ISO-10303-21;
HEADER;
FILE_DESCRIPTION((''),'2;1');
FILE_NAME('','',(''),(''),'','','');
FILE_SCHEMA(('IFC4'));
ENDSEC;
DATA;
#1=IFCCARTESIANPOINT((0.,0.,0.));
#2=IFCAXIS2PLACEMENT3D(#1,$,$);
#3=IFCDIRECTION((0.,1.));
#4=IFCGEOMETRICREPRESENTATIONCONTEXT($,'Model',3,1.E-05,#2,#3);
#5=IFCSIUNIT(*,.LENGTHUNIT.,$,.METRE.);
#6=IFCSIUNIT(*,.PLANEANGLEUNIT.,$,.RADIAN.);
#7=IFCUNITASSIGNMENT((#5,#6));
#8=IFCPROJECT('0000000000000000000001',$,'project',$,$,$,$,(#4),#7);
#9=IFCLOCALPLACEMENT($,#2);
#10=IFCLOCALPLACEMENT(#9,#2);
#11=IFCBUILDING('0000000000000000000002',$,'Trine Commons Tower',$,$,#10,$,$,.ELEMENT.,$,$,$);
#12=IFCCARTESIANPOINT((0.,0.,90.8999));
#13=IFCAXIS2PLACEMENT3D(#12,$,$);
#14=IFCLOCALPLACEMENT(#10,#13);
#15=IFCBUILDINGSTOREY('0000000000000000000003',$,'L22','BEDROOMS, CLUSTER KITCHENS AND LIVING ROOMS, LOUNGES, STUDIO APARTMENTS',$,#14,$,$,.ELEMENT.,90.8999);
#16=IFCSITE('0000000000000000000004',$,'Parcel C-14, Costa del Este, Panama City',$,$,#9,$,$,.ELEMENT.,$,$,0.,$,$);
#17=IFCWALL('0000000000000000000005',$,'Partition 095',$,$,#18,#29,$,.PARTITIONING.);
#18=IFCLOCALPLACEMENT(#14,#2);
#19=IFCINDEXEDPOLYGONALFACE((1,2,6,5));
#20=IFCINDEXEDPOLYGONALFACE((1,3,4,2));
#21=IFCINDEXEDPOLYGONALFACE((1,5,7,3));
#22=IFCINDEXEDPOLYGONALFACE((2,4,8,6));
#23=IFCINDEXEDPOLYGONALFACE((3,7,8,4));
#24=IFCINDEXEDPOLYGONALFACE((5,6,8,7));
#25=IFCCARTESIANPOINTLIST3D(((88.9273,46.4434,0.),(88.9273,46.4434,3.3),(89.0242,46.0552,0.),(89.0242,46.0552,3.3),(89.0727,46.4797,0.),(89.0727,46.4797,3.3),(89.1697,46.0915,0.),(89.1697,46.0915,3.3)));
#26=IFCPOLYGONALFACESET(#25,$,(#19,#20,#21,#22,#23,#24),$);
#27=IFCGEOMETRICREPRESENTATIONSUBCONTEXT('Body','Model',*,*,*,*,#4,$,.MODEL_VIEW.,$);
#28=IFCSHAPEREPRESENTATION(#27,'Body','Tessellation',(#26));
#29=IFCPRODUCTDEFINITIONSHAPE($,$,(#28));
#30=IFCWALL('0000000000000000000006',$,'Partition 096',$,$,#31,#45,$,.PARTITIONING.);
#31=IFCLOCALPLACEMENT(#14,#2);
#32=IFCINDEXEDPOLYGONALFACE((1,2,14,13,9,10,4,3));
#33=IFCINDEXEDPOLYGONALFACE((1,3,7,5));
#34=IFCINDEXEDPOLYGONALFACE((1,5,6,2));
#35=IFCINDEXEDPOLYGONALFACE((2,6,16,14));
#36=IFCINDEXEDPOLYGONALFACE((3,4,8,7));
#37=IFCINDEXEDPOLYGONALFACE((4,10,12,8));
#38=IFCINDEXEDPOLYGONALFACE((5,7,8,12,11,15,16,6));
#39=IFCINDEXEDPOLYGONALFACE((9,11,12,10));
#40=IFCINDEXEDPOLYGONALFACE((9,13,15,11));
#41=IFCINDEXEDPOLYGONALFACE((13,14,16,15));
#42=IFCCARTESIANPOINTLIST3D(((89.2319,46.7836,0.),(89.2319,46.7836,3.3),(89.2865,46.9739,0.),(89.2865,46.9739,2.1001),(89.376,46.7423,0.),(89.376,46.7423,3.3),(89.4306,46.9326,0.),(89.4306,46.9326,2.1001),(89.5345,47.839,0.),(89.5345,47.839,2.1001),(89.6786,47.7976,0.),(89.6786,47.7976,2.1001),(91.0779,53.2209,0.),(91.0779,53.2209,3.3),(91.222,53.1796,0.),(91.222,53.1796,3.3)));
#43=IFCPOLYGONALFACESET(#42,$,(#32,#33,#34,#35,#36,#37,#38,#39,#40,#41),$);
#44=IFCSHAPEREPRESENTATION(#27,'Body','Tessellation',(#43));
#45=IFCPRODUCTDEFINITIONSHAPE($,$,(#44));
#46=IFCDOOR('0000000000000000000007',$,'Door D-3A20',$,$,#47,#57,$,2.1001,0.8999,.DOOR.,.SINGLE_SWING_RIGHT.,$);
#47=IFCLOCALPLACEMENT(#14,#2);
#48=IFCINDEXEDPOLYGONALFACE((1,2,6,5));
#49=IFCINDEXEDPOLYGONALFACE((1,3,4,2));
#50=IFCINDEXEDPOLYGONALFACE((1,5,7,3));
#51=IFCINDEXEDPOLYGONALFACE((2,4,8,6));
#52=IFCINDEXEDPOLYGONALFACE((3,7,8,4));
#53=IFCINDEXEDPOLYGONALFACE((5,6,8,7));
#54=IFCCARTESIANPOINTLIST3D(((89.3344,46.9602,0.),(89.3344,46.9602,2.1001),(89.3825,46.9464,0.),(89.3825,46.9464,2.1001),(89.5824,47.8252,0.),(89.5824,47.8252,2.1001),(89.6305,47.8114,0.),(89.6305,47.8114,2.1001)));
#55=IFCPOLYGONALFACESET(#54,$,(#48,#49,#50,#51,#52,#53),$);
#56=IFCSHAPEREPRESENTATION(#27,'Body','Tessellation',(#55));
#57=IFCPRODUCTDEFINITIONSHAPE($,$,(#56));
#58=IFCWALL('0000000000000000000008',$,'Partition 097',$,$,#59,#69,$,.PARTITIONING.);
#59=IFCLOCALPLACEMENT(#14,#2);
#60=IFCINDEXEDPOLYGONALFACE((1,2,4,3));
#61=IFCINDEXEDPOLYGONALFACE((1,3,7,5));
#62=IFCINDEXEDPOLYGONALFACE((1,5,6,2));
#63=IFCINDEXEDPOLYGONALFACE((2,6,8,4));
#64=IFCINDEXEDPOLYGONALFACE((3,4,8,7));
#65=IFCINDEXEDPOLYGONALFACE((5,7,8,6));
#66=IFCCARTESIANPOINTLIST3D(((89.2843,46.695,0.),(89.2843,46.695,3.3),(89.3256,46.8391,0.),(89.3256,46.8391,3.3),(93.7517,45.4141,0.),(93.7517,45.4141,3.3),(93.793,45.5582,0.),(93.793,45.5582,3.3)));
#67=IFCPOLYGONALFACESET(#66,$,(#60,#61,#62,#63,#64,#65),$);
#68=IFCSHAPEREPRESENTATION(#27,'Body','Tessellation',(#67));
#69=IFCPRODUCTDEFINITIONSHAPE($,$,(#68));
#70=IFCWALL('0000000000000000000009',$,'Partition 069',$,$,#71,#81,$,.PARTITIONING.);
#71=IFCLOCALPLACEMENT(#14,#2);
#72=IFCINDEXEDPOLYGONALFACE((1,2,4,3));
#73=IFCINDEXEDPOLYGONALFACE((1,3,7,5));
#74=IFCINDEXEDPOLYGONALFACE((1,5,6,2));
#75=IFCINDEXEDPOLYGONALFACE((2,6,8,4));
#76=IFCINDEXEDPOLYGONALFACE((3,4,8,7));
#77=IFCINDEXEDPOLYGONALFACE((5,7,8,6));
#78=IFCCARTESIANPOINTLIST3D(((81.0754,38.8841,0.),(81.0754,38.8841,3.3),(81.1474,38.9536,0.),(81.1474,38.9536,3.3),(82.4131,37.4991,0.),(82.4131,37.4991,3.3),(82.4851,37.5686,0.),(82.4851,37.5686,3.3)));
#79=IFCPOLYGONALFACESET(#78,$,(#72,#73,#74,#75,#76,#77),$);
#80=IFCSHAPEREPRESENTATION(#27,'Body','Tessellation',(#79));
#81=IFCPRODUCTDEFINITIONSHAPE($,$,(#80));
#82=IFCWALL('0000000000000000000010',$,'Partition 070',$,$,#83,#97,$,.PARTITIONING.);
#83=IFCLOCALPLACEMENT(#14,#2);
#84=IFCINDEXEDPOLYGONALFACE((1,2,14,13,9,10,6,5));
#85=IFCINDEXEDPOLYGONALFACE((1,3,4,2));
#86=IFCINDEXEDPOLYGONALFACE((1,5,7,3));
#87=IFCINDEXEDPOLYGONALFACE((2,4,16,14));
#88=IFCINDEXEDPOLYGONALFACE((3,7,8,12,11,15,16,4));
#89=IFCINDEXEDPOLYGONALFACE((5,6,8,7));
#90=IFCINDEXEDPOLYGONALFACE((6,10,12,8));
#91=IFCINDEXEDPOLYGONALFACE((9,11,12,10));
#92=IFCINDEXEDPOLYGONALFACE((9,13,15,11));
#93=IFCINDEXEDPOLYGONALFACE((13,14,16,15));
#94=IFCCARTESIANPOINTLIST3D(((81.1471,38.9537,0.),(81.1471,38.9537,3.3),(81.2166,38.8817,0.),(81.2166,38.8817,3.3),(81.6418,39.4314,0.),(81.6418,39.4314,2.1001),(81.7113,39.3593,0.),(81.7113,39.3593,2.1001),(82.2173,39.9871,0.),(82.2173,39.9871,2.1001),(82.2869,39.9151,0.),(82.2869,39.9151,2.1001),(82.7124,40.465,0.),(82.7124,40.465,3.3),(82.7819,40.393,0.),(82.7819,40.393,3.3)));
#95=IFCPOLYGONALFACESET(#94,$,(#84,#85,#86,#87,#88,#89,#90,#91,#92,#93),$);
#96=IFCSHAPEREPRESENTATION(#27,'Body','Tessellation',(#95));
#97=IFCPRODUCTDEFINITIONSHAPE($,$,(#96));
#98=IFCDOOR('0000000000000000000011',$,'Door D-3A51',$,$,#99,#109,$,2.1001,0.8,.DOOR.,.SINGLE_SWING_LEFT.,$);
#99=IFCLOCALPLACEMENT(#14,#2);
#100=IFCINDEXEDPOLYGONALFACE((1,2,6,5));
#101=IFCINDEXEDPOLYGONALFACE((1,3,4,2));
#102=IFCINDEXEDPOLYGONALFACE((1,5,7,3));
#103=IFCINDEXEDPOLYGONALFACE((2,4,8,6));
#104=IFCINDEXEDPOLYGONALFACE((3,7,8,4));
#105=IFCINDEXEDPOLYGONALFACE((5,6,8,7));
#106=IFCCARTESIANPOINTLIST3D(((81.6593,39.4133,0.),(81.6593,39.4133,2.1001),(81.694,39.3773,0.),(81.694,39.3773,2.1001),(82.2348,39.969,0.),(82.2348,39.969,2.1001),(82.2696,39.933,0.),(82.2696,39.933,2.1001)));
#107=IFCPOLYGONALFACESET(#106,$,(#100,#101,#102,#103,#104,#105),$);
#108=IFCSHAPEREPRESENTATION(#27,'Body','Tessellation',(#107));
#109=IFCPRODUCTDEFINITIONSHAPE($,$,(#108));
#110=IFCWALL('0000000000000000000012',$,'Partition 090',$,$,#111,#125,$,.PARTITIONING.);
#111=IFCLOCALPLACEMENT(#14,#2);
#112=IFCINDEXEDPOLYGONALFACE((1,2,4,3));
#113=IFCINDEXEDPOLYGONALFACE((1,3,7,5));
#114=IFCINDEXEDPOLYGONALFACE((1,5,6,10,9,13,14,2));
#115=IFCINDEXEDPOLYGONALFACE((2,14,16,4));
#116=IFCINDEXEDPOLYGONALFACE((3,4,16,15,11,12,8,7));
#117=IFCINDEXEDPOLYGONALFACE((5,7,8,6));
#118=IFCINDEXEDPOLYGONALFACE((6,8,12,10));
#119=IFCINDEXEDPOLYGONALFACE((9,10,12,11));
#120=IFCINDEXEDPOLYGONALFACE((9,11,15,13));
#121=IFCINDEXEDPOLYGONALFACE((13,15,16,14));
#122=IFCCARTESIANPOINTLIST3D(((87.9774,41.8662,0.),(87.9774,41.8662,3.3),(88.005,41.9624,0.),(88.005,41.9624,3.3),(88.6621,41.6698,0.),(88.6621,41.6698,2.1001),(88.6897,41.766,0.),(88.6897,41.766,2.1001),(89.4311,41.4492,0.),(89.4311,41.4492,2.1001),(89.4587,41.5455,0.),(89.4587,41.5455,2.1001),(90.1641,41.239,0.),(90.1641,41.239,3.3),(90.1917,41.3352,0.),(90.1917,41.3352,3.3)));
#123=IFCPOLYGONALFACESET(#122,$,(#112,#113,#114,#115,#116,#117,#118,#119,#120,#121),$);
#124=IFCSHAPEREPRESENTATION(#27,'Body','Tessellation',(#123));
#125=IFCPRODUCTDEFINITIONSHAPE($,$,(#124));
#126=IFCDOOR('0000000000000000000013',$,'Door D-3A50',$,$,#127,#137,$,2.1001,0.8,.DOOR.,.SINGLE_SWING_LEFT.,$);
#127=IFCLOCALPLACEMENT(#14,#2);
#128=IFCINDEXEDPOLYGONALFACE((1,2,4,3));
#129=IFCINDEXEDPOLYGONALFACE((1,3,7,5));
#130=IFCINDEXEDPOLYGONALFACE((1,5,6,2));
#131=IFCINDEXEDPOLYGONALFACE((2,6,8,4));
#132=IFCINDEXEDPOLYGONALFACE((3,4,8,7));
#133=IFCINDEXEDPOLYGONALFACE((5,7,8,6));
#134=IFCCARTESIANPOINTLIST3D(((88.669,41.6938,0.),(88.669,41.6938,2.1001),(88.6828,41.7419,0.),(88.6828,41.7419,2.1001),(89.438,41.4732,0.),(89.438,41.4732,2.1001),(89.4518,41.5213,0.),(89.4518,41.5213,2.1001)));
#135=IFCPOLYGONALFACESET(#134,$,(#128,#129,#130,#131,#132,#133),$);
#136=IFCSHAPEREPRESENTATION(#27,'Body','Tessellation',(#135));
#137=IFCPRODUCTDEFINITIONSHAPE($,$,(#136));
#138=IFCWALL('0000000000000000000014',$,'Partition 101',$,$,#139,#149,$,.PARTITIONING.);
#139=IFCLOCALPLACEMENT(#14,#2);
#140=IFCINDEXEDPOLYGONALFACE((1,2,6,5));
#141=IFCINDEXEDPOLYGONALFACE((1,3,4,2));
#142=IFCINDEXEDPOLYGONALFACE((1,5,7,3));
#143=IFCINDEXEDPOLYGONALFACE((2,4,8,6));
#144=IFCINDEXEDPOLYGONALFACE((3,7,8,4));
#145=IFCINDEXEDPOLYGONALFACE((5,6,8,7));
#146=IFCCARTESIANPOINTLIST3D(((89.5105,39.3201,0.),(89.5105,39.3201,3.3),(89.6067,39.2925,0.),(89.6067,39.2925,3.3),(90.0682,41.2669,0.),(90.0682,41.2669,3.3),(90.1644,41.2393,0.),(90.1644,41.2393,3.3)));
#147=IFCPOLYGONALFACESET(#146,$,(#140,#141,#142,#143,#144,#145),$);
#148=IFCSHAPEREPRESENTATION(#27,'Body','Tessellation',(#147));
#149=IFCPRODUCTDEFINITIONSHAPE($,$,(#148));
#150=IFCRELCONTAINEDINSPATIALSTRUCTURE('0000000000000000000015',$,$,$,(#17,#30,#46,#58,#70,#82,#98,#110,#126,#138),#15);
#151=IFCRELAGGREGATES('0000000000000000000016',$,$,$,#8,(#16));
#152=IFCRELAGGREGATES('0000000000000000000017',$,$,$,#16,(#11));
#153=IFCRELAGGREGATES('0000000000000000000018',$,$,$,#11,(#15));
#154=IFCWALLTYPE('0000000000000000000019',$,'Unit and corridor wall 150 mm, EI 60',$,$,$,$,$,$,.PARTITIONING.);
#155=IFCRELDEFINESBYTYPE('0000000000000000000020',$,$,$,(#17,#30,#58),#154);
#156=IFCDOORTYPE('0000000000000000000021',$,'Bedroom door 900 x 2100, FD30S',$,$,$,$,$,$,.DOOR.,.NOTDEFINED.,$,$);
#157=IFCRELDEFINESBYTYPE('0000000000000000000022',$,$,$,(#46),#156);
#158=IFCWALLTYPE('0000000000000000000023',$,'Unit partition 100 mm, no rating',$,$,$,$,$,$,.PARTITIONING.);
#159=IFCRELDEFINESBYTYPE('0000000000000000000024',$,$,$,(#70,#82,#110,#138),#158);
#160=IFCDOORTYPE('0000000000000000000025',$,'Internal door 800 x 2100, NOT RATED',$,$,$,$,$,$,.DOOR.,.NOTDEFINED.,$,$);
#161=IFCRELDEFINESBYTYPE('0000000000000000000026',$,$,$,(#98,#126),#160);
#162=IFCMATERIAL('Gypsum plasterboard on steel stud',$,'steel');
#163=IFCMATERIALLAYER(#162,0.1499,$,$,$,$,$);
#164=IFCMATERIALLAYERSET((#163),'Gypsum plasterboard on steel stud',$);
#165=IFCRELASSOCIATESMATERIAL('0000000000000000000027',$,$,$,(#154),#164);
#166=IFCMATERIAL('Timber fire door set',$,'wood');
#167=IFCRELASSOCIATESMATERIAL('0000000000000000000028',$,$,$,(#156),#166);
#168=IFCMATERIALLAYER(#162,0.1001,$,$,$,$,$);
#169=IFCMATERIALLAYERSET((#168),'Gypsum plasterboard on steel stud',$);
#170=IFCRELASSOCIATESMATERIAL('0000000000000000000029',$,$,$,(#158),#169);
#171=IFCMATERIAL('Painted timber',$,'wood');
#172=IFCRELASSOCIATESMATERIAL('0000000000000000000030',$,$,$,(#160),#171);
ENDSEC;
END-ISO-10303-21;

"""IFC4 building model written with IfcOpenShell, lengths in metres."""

from ifc_helpers import new_model, si_unit, direction, frame, frame_2d, origin, place, context, subcontext, project, spatial, rectangle, extrude, material, layer, layer_set, type_object, element, fill, save


model = new_model("IFC4")

# Units and contexts
model_context = context("Model", 3, precision=1e-05, world=origin(), true_north=direction((0.0, 1.0)))
body_context = subcontext(model_context, "Body", "Model", "MODEL_VIEW")
ifc_project = project(units=[si_unit("LENGTHUNIT", "METRE"), si_unit("PLANEANGLEUNIT", "RADIAN")], contexts=[model_context])

# Site, building, storey
site_placement = place(None, origin())
site = spatial("IfcSite", under=ifc_project, at=site_placement, Name="Parcel C-14, Costa del Este, Panama City", CompositionType="ELEMENT", RefElevation=0.0)
building_placement = place(site_placement, origin())
building = spatial("IfcBuilding", under=site, at=building_placement, Name="Trine Commons Tower", CompositionType="ELEMENT")
storey_placement = place(building_placement, frame((0.0, 0.0, 90.8999)))
storey = spatial("IfcBuildingStorey", under=building, at=storey_placement, Name="L22", Description="BEDROOMS, CLUSTER KITCHENS AND LIVING ROOMS, LOUNGES, STUDIO APARTMENTS", CompositionType="ELEMENT", Elevation=90.8999)

# Shared definitions
ifc_material_1 = material(Name="Gypsum plasterboard on steel stud", Category="steel")
ifc_layer_1 = layer(ifc_material_1, 0.1499)
ifc_layer_set_1 = layer_set([ifc_layer_1], Name="Gypsum plasterboard on steel stud")
wall_type_1 = type_object("IfcWallType", Name="Unit and corridor wall 150 mm, EI 60", PredefinedType="PARTITIONING", material=ifc_layer_set_1)
ifc_material_2 = material(Name="Timber fire door set", Category="wood")

# Shared definitions
ifc_material_3 = material(Name="Painted timber", Category="wood")

# Shared definitions
door_type_1 = type_object("IfcDoorType", Name="Bedroom door 900 x 2100, FD30S", OperationType="NOTDEFINED", PredefinedType="DOOR", material=ifc_material_2)

# Wall
wall_1_placement = place(storey_placement, frame((89.0, 46.4617, 0.0), z_axis=(0.0, 0.0, 1.0), x_axis=(0.242248, -0.970214, 0.0)))
element("IfcWall", 1, at=wall_1_placement, inside=storey, type_object=wall_type_1, Name="Partition 095", PredefinedType="PARTITIONING", context=body_context, shape_type="SweptSolid", body=[
    extrude(rectangle(XDim=0.4001, YDim=0.1499, at=frame_2d((0.2002, 0.0))), origin(), (0.0, 0.0, 1.0), 3.3),
])

# Wall, opening, door
wall_2_placement = place(storey_placement, frame((89.304, 46.7629, 0.0), z_axis=(0.0, 0.0, 1.0), x_axis=(0.27565, 0.961258, 0.0)))
wall_2 = element("IfcWall", 2, at=wall_2_placement, inside=storey, type_object=wall_type_1, Name="Partition 096", PredefinedType="PARTITIONING", context=body_context, shape_type="SweptSolid", body=[
    extrude(rectangle(XDim=6.6968, YDim=0.1499, at=frame_2d((3.3484, 0.0))), origin(), (0.0, 0.0, 1.0), 3.3),
])
opening_1_placement = place(wall_2_placement, frame((0.198, 0.0, 0.0)))
opening_1 = element("IfcOpeningElement", 3, at=opening_1_placement, cuts=wall_2, PredefinedType="OPENING", context=body_context, shape_type="SweptSolid", body=[
    extrude(rectangle(XDim=0.8999, YDim=2.1001, at=frame_2d((0.45, 1.05))), frame((0.0, 0.085, 0.0), z_axis=(0.0, -1.0, 0.0), x_axis=(1.0, 0.0, 0.0)), (0.0, 0.0, 1.0), 0.1699),
])
door_1_placement = place(opening_1_placement, frame((0.8999, 0.0, 0.0), z_axis=(0.0, 0.0, 1.0), x_axis=(-1.0, 0.0, 0.0)))
door_1 = element("IfcDoor", 4, at=door_1_placement, inside=storey, type_object=door_type_1, Name="Door D-3A20", OperationType="SINGLE_SWING_RIGHT", OverallHeight=2.1001, OverallWidth=0.8999, PredefinedType="DOOR", context=body_context, shape_type="SweptSolid", body=[
    extrude(rectangle(XDim=0.8999, YDim=2.1001, at=frame_2d((0.45, 1.05))), frame((0.0, 0.0249, 0.0), z_axis=(0.0, -1.0, 0.0), x_axis=(1.0, 0.0, 0.0)), (0.0, 0.0, 1.0), 0.05),
])
fill(opening_1, door_1)

# Walls
wall_3_placement = place(storey_placement, frame((89.3049, 46.7671, 0.0), z_axis=(0.0, 0.0, 1.0), x_axis=(0.961264, -0.27563, 0.0)))
element("IfcWall", 5, at=wall_3_placement, inside=storey, type_object=wall_type_1, Name="Partition 097", PredefinedType="PARTITIONING", context=body_context, shape_type="SweptSolid", body=[
    extrude(rectangle(XDim=4.6475, YDim=0.1499, at=frame_2d((2.3237, 0.0))), origin(), (0.0, 0.0, 1.0), 3.3),
])
ifc_layer_2 = layer(ifc_material_1, 0.1001)
ifc_layer_set_2 = layer_set([ifc_layer_2], Name="Gypsum plasterboard on steel stud")
wall_type_2 = type_object("IfcWallType", Name="Unit partition 100 mm, no rating", PredefinedType="PARTITIONING", material=ifc_layer_set_2)
wall_4_placement = place(storey_placement, frame((81.1113, 38.9189, 0.0), z_axis=(0.0, 0.0, 1.0), x_axis=(0.694701, -0.719299, 0.0)))
element("IfcWall", 6, at=wall_4_placement, inside=storey, type_object=wall_type_2, Name="Partition 069", PredefinedType="PARTITIONING", context=body_context, shape_type="SweptSolid", body=[
    extrude(rectangle(XDim=1.9255, YDim=0.1001, at=frame_2d((0.9629, 0.0))), origin(), (0.0, 0.0, 1.0), 3.3),
])

# Walls, openings, doors
wall_5_placement = place(storey_placement, frame((81.1819, 38.9177, 0.0), z_axis=(0.0, 0.0, 1.0), x_axis=(0.719398, 0.694599, 0.0)))
wall_5 = element("IfcWall", 7, at=wall_5_placement, inside=storey, type_object=wall_type_2, Name="Partition 070", PredefinedType="PARTITIONING", context=body_context, shape_type="SweptSolid", body=[
    extrude(rectangle(XDim=2.1758, YDim=0.1001, at=frame_2d((1.0879, 0.0))), origin(), (0.0, 0.0, 1.0), 3.3),
])
opening_2_placement = place(wall_5_placement, frame((0.6877, 0.0, 0.0)))
opening_2 = element("IfcOpeningElement", 8, at=opening_2_placement, cuts=wall_5, PredefinedType="OPENING", context=body_context, shape_type="SweptSolid", body=[
    extrude(rectangle(XDim=0.8, YDim=2.1001, at=frame_2d((0.3999, 1.05))), frame((0.0, 0.0601, 0.0), z_axis=(0.0, -1.0, 0.0), x_axis=(1.0, 0.0, 0.0)), (0.0, 0.0, 1.0), 0.1201),
])
door_type_2 = type_object("IfcDoorType", Name="Internal door 800 x 2100, NOT RATED", OperationType="NOTDEFINED", PredefinedType="DOOR", material=ifc_material_3)
door_2_placement = place(opening_2_placement, origin())
door_2 = element("IfcDoor", 9, at=door_2_placement, inside=storey, type_object=door_type_2, Name="Door D-3A51", OperationType="SINGLE_SWING_LEFT", OverallHeight=2.1001, OverallWidth=0.8, PredefinedType="DOOR", context=body_context, shape_type="SweptSolid", body=[
    extrude(rectangle(XDim=0.8, YDim=2.1001, at=frame_2d((0.3999, 1.05))), frame((0.0, 0.0249, 0.0), z_axis=(0.0, -1.0, 0.0), x_axis=(1.0, 0.0, 0.0)), (0.0, 0.0, 1.0), 0.05),
])
fill(opening_2, door_2)
wall_6_placement = place(storey_placement, frame((87.9912, 41.9143, 0.0), z_axis=(0.0, 0.0, 1.0), x_axis=(0.961244, -0.275699, 0.0)))
wall_6 = element("IfcWall", 10, at=wall_6_placement, inside=storey, type_object=wall_type_2, Name="Partition 090", PredefinedType="PARTITIONING", context=body_context, shape_type="SweptSolid", body=[
    extrude(rectangle(XDim=2.2749, YDim=0.1001, at=frame_2d((1.1375, 0.0))), origin(), (0.0, 0.0, 1.0), 3.3),
])
opening_3_placement = place(wall_6_placement, frame((0.7124, 0.0, 0.0)))
opening_3 = element("IfcOpeningElement", 11, at=opening_3_placement, cuts=wall_6, PredefinedType="OPENING", context=body_context, shape_type="SweptSolid", body=[
    extrude(rectangle(XDim=0.8, YDim=2.1001, at=frame_2d((0.3999, 1.05))), frame((0.0, 0.0601, 0.0), z_axis=(0.0, -1.0, 0.0), x_axis=(1.0, 0.0, 0.0)), (0.0, 0.0, 1.0), 0.1201),
])
door_3_placement = place(opening_3_placement, origin())
door_3 = element("IfcDoor", 12, at=door_3_placement, inside=storey, type_object=door_type_2, Name="Door D-3A50", OperationType="SINGLE_SWING_LEFT", OverallHeight=2.1001, OverallWidth=0.8, PredefinedType="DOOR", context=body_context, shape_type="SweptSolid", body=[
    extrude(rectangle(XDim=0.8, YDim=2.1001, at=frame_2d((0.3999, 1.05))), frame((0.0, 0.0249, 0.0), z_axis=(0.0, -1.0, 0.0), x_axis=(1.0, 0.0, 0.0)), (0.0, 0.0, 1.0), 0.05),
])
fill(opening_3, door_3)

# Wall
wall_7_placement = place(storey_placement, frame((89.5586, 39.3062, 0.0), z_axis=(0.0, 0.0, 1.0), x_axis=(0.275358, 0.961342, 0.0)))
element("IfcWall", 13, at=wall_7_placement, inside=storey, type_object=wall_type_2, Name="Partition 101", PredefinedType="PARTITIONING", context=body_context, shape_type="SweptSolid", body=[
    extrude(rectangle(XDim=2.0251, YDim=0.1001, at=frame_2d((1.0127, 0.0))), origin(), (0.0, 0.0, 1.0), 3.3),
])

save(model, "model.ifc")
